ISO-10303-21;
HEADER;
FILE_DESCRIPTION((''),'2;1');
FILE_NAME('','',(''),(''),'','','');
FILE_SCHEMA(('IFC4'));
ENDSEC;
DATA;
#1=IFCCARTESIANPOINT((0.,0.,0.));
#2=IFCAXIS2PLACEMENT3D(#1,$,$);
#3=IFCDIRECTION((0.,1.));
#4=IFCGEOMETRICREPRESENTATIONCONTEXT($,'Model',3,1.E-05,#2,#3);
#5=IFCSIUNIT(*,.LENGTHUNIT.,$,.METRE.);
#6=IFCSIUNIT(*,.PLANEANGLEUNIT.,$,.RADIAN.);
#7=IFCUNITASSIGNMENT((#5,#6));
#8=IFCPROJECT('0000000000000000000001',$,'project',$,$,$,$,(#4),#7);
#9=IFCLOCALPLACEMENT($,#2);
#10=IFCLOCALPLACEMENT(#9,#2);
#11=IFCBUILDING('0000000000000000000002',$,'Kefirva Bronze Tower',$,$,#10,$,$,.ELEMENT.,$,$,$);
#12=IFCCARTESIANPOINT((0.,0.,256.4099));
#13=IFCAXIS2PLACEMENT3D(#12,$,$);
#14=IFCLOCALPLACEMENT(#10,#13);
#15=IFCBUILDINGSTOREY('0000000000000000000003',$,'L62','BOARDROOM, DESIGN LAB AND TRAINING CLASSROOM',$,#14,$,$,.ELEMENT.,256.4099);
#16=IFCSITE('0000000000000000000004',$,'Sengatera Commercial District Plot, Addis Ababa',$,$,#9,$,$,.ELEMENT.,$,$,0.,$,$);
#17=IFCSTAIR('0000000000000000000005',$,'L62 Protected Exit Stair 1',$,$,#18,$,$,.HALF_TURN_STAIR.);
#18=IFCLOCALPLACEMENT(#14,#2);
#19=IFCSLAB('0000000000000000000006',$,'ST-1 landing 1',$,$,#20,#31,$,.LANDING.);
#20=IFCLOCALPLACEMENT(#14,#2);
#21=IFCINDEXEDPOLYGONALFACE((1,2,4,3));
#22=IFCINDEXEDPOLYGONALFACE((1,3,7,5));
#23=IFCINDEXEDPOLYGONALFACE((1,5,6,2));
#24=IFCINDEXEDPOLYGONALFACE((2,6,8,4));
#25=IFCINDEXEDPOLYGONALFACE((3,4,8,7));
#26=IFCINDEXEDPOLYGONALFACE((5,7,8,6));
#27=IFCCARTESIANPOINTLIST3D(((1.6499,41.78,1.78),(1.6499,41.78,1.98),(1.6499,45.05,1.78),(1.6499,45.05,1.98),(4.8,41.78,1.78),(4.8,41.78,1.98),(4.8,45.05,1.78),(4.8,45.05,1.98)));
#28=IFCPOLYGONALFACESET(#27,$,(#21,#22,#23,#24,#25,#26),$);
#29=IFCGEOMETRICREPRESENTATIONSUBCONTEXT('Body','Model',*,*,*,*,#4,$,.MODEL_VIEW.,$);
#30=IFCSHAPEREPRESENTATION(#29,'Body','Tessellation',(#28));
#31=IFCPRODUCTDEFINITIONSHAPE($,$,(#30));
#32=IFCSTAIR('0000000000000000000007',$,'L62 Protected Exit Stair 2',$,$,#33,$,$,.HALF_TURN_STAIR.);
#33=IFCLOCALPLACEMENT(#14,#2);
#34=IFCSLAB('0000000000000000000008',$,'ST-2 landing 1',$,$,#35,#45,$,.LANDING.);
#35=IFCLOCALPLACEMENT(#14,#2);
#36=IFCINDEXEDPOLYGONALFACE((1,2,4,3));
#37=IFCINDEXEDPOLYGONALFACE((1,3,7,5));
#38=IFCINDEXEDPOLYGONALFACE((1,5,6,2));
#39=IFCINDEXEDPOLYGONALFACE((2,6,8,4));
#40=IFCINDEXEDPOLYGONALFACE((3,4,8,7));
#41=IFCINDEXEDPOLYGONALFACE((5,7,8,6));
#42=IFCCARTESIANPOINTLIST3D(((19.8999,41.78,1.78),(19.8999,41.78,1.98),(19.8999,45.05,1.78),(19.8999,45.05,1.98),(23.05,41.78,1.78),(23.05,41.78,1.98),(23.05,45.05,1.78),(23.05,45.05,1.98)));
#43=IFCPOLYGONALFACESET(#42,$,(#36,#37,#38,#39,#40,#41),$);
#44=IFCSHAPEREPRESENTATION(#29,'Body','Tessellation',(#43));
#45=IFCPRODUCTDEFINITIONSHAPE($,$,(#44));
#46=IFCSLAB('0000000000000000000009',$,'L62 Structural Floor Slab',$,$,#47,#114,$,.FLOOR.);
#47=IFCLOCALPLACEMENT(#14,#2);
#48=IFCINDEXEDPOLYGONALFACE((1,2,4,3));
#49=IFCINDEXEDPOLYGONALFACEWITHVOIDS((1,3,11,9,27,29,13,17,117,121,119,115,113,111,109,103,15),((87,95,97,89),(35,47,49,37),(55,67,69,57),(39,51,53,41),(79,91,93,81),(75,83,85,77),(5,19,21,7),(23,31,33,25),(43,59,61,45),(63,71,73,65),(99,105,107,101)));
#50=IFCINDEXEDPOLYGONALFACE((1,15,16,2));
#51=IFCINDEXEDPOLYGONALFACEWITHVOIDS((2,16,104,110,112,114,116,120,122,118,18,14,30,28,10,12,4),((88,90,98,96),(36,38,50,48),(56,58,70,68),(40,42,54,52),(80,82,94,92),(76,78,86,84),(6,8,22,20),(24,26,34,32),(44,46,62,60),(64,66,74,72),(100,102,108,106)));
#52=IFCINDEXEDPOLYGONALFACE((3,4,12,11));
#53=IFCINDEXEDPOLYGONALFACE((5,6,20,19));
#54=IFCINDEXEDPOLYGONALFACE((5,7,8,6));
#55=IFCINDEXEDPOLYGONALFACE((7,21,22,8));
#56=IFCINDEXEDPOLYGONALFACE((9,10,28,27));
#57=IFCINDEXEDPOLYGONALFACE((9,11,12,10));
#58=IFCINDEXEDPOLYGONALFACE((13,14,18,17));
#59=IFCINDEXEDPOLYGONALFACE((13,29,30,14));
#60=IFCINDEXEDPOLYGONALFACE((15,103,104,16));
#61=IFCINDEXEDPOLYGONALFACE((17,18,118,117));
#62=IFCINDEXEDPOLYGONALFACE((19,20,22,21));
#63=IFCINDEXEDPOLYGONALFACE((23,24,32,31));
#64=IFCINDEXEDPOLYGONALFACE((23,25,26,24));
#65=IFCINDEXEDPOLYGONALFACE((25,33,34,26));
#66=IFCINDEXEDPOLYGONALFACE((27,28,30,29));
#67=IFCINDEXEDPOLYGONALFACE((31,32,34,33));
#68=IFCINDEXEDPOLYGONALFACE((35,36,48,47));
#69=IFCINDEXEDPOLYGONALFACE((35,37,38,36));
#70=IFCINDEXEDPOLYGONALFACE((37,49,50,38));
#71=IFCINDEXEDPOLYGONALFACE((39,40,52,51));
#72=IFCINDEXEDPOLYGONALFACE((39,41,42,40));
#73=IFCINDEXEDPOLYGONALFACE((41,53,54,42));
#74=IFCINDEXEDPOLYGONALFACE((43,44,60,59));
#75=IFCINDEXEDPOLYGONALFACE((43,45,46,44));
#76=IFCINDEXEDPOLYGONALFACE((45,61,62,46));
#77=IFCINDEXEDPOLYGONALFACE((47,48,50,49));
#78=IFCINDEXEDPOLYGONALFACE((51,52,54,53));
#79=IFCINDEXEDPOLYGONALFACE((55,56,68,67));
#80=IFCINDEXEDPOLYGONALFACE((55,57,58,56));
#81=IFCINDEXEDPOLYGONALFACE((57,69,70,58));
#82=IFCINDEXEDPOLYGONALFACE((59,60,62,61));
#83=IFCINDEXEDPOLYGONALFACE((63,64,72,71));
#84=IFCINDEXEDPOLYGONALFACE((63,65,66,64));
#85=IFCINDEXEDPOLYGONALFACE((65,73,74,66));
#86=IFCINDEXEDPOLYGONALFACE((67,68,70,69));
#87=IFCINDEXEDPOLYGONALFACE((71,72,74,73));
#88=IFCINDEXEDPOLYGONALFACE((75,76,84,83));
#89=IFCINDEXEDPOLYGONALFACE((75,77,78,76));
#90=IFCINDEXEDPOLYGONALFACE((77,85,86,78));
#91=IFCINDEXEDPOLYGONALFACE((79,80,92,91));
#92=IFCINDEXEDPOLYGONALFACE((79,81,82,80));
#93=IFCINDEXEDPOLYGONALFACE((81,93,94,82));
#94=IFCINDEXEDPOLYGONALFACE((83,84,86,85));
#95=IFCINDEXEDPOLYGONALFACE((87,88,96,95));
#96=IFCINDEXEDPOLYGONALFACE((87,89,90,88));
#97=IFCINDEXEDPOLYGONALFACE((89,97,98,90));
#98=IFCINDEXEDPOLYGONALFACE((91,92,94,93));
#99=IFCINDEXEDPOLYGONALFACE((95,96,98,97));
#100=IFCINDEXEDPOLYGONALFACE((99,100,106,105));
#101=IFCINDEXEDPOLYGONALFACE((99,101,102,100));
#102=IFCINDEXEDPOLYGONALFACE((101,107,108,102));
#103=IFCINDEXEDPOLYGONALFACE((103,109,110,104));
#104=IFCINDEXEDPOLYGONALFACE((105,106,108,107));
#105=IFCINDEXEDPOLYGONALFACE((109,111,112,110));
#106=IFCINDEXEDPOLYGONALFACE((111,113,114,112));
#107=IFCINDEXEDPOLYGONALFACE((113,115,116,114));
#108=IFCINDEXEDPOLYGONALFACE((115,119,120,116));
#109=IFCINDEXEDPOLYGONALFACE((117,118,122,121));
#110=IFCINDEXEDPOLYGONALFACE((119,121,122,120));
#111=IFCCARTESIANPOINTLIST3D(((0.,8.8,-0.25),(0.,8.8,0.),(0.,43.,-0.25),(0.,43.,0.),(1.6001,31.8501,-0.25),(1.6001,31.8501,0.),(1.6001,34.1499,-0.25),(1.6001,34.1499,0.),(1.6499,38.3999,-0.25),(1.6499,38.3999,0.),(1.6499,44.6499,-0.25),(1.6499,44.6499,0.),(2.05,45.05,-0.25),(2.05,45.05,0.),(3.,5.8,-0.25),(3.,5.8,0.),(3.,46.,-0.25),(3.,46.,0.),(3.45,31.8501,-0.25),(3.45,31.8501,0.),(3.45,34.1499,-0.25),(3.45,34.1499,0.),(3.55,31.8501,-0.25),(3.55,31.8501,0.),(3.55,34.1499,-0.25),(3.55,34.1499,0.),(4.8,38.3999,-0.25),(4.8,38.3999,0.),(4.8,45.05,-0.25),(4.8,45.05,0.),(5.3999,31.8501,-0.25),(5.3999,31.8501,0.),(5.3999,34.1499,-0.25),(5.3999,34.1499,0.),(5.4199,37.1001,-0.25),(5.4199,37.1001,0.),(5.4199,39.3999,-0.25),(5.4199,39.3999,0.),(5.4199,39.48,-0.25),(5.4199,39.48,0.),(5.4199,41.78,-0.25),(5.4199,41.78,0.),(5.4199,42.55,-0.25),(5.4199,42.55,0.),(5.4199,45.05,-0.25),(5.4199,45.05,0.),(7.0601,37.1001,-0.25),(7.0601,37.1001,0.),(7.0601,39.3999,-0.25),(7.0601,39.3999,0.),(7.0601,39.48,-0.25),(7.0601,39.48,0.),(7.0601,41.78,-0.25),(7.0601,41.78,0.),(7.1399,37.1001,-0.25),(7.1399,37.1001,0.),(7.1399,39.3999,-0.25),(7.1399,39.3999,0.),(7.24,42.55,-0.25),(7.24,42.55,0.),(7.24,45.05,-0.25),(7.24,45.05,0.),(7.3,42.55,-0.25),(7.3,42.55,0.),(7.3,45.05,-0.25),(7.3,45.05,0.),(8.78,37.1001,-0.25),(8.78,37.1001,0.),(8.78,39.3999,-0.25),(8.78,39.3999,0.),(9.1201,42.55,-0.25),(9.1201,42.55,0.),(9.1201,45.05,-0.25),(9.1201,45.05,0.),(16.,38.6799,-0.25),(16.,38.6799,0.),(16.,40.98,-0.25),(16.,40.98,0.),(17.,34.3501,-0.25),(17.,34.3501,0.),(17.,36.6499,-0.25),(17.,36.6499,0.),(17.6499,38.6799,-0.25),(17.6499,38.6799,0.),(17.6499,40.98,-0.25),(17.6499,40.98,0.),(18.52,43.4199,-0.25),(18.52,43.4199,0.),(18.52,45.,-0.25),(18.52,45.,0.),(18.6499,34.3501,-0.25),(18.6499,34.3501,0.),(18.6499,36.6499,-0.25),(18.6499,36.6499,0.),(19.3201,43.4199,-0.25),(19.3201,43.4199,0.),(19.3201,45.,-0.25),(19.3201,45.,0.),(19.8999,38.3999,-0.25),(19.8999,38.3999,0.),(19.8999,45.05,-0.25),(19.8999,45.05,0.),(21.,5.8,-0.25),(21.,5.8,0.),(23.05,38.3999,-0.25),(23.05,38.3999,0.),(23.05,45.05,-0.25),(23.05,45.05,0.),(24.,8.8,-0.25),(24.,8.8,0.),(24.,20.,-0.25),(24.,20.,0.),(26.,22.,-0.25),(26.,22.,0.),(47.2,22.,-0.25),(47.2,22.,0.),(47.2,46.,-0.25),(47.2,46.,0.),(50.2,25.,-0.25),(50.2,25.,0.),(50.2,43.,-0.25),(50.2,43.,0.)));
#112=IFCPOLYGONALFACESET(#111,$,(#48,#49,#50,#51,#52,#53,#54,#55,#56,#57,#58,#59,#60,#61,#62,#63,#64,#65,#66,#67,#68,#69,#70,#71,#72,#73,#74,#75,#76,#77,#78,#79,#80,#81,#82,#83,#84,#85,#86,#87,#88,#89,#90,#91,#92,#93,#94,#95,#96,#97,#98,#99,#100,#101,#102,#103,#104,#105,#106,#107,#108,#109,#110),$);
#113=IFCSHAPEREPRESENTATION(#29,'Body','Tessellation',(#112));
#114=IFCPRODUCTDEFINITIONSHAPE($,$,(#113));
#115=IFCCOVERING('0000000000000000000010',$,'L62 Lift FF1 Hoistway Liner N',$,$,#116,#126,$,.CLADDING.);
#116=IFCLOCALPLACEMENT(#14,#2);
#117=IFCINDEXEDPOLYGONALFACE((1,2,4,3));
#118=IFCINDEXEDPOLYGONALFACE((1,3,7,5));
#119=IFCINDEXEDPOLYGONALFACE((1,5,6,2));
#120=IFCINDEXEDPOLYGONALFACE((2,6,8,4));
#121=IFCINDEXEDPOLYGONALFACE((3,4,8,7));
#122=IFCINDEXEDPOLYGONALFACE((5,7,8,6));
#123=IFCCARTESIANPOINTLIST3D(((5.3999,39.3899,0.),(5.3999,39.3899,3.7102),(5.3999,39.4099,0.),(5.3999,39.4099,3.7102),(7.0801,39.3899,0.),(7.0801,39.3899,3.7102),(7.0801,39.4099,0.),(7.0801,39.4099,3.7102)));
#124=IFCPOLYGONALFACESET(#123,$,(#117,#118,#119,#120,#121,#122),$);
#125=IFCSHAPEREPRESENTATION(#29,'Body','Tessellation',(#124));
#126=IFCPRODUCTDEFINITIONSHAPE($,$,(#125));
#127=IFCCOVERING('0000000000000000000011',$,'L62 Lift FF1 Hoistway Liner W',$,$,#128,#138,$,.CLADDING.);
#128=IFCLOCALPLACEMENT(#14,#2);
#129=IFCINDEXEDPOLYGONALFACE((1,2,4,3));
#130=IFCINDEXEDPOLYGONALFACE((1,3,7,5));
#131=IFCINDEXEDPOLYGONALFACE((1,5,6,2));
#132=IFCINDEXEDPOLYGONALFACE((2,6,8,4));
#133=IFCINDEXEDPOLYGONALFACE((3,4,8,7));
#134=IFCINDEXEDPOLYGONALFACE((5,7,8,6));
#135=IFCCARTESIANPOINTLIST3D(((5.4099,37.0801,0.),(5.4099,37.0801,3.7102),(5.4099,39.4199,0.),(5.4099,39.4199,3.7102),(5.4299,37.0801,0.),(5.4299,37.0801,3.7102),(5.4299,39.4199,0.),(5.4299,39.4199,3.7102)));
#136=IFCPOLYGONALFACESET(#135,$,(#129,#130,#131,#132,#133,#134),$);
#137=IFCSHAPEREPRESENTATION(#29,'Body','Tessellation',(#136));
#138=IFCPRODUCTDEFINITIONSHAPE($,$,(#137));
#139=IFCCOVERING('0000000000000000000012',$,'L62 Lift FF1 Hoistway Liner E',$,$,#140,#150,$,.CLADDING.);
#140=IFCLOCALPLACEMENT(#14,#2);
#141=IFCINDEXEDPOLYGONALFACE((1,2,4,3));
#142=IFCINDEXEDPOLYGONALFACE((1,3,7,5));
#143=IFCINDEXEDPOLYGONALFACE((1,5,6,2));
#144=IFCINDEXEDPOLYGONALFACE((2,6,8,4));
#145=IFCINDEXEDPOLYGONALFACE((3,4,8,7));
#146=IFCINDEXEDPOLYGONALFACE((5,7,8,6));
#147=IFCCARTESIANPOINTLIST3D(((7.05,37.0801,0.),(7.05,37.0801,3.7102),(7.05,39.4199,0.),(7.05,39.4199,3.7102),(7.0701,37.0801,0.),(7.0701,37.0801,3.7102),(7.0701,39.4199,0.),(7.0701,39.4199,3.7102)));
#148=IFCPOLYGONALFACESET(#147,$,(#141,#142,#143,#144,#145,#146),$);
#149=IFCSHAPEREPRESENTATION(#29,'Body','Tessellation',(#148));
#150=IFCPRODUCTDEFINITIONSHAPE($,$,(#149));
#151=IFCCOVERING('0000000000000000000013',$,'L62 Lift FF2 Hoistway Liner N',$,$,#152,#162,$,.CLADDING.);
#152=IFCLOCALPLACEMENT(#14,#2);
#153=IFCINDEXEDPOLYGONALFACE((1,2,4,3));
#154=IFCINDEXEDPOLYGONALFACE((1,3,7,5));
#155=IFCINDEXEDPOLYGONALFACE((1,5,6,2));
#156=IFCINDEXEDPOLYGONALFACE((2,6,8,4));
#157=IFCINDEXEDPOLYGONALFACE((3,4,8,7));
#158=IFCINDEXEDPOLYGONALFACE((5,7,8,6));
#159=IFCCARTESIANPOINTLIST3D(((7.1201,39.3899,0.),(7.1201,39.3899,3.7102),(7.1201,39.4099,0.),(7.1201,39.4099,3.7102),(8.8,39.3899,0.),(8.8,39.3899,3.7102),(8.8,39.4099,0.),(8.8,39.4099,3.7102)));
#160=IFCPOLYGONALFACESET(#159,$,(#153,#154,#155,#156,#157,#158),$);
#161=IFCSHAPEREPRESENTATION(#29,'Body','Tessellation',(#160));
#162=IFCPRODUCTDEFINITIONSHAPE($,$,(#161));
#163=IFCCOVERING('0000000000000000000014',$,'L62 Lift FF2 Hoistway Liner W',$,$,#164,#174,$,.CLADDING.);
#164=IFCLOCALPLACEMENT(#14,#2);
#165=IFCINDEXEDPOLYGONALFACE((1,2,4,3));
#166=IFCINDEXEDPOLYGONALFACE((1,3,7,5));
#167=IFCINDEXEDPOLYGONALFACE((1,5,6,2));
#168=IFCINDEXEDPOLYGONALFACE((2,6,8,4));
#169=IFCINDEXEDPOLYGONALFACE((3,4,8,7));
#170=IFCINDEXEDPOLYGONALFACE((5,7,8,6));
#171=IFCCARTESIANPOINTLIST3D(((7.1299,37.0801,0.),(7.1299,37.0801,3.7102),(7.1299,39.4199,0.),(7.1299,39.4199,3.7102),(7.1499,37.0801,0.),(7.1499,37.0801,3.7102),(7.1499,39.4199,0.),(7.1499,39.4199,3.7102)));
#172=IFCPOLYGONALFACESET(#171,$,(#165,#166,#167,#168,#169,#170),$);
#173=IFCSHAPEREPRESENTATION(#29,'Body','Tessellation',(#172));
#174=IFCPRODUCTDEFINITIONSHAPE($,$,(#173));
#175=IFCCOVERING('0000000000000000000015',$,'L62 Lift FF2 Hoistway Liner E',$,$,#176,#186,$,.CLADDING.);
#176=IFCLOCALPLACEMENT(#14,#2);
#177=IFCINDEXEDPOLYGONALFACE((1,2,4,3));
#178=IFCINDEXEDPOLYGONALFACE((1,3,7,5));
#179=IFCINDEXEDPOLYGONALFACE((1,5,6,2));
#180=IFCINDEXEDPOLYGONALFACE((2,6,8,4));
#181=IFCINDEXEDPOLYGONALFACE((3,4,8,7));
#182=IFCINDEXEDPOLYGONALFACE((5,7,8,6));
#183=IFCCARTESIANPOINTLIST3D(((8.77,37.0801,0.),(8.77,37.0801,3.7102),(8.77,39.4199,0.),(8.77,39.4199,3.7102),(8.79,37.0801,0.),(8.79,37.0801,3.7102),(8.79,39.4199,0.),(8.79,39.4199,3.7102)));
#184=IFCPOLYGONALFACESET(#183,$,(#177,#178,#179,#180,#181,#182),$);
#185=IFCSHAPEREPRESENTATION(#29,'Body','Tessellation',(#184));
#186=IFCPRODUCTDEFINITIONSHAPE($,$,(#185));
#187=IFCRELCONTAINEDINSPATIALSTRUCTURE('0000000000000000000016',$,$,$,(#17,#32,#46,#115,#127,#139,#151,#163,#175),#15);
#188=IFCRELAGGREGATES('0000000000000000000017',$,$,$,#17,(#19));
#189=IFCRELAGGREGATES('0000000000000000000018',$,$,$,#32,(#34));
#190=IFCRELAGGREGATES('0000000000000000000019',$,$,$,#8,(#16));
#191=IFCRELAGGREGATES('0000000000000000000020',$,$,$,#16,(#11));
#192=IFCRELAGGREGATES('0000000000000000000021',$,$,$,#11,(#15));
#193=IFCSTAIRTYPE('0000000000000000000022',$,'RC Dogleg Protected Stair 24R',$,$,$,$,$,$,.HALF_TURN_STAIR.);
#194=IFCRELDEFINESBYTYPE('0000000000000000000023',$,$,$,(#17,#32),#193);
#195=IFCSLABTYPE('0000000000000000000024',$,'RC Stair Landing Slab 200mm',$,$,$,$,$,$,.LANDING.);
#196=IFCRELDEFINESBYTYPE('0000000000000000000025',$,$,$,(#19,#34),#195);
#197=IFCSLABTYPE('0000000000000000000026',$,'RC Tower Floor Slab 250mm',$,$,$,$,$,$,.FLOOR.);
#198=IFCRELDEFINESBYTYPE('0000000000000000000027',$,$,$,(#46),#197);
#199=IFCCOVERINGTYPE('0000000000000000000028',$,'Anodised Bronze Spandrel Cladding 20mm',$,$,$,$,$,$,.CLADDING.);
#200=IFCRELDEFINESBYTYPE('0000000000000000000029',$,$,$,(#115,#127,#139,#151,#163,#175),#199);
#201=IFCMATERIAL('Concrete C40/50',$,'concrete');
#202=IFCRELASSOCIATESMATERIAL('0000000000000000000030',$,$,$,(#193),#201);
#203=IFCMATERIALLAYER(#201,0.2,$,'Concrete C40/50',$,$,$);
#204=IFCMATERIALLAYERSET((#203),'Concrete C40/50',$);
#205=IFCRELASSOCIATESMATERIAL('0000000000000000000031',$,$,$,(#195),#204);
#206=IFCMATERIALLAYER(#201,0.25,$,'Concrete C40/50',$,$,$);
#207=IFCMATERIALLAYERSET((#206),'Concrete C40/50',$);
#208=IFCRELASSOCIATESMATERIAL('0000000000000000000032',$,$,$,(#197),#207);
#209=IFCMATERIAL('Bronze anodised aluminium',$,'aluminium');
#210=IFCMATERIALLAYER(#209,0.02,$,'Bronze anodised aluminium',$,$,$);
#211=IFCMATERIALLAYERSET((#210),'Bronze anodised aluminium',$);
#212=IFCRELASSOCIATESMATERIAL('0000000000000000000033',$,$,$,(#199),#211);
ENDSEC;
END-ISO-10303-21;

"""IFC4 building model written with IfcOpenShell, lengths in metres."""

from ifc_helpers import new_model, si_unit, direction, frame, origin, place, context, subcontext, project, spatial, polyline, outline, extrude, material, layer, layer_set, type_object, element, aggregate, save


model = new_model("IFC4")

# Units and contexts
model_context = context("Model", 3, precision=1e-05, world=origin(), true_north=direction((0.0, 1.0)))
body_context = subcontext(model_context, "Body", "Model", "MODEL_VIEW")
ifc_project = project(units=[si_unit("LENGTHUNIT", "METRE"), si_unit("PLANEANGLEUNIT", "RADIAN")], contexts=[model_context])

# Site, building, storey
site_placement = place(None, origin())
site = spatial("IfcSite", under=ifc_project, at=site_placement, Name="Sengatera Commercial District Plot, Addis Ababa", CompositionType="ELEMENT", RefElevation=0.0)
building_placement = place(site_placement, origin())
building = spatial("IfcBuilding", under=site, at=building_placement, Name="Kefirva Bronze Tower", CompositionType="ELEMENT")
storey_placement = place(building_placement, frame((0.0, 0.0, 256.4099)))
storey = spatial("IfcBuildingStorey", under=building, at=storey_placement, Name="L62", Description="BOARDROOM, DESIGN LAB AND TRAINING CLASSROOM", CompositionType="ELEMENT", Elevation=256.4099)

# Stairs, slabs
ifc_material_1 = material(Name="Concrete C40/50", Category="concrete")
stair_type = type_object("IfcStairType", Name="RC Dogleg Protected Stair 24R", PredefinedType="HALF_TURN_STAIR", material=ifc_material_1)
stair_1_placement = place(storey_placement, origin())
stair_1 = element("IfcStair", 1, at=stair_1_placement, inside=storey, type_object=stair_type, Name="L62 Protected Exit Stair 1", PredefinedType="HALF_TURN_STAIR")
ifc_layer_1 = layer(ifc_material_1, 0.2, Name="Concrete C40/50")
ifc_layer_set_1 = layer_set([ifc_layer_1], Name="Concrete C40/50")
slab_type_1 = type_object("IfcSlabType", Name="RC Stair Landing Slab 200mm", PredefinedType="LANDING", material=ifc_layer_set_1)
slab_1_placement = place(storey_placement, frame((0.0, 0.0, 1.78)))
slab_1 = element("IfcSlab", 2, at=slab_1_placement, type_object=slab_type_1, Name="ST-1 landing 1", PredefinedType="LANDING", context=body_context, shape_type="SweptSolid", body=[
    extrude(outline(polyline([(4.8, 41.78), (4.8, 45.05), (1.6499, 45.05), (1.6499, 41.78), (4.8, 41.78)])), origin(), (0.0, 0.0, 1.0), 0.2),
])
aggregate(stair_1, [slab_1])
stair_2_placement = place(storey_placement, origin())
stair_2 = element("IfcStair", 3, at=stair_2_placement, inside=storey, type_object=stair_type, Name="L62 Protected Exit Stair 2", PredefinedType="HALF_TURN_STAIR")
slab_2_placement = place(storey_placement, frame((0.0, 0.0, 1.78)))
slab_2 = element("IfcSlab", 4, at=slab_2_placement, type_object=slab_type_1, Name="ST-2 landing 1", PredefinedType="LANDING", context=body_context, shape_type="SweptSolid", body=[
    extrude(outline(polyline([(23.05, 41.78), (23.05, 45.05), (19.8999, 45.05), (19.8999, 41.78), (23.05, 41.78)])), origin(), (0.0, 0.0, 1.0), 0.2),
])
aggregate(stair_2, [slab_2])

# Slab
ifc_layer_2 = layer(ifc_material_1, 0.25, Name="Concrete C40/50")
ifc_layer_set_2 = layer_set([ifc_layer_2], Name="Concrete C40/50")
slab_type_2 = type_object("IfcSlabType", Name="RC Tower Floor Slab 250mm", PredefinedType="FLOOR", material=ifc_layer_set_2)
slab_3_placement = place(storey_placement, frame((0.0, 0.0, -0.25)))
element("IfcSlab", 5, at=slab_3_placement, inside=storey, type_object=slab_type_2, Name="L62 Structural Floor Slab", PredefinedType="FLOOR", context=body_context, shape_type="SweptSolid", body=[
    extrude(outline(polyline([(0.0, 8.8), (0.0, 43.0), (1.6499, 44.6499), (1.6499, 38.3999), (4.8, 38.3999), (4.8, 45.05), (2.05, 45.05), (3.0, 46.0), (47.2, 46.0), (50.2, 43.0), (50.2, 25.0), (47.2, 22.0), (26.0, 22.0), (24.0, 20.0), (24.0, 8.8), (21.0, 5.8), (3.0, 5.8), (0.0, 8.8)]), holes=[polyline([(23.05, 45.05), (19.8999, 45.05), (19.8999, 38.3999), (23.05, 38.3999), (23.05, 45.05)]), polyline([(19.3201, 43.4199), (19.3201, 45.0), (18.52, 45.0), (18.52, 43.4199), (19.3201, 43.4199)]), polyline([(18.6499, 36.6499), (17.0, 36.6499), (17.0, 34.3501), (18.6499, 34.3501), (18.6499, 36.6499)]), polyline([(17.6499, 38.6799), (17.6499, 40.98), (16.0, 40.98), (16.0, 38.6799), (17.6499, 38.6799)]), polyline([(9.1201, 42.55), (9.1201, 45.05), (7.3, 45.05), (7.3, 42.55), (9.1201, 42.55)]), polyline([(8.78, 37.1001), (8.78, 39.3999), (7.1399, 39.3999), (7.1399, 37.1001), (8.78, 37.1001)]), polyline([(7.24, 42.55), (7.24, 45.05), (5.4199, 45.05), (5.4199, 42.55), (7.24, 42.55)]), polyline([(7.0601, 37.1001), (7.0601, 39.3999), (5.4199, 39.3999), (5.4199, 37.1001), (7.0601, 37.1001)]), polyline([(7.0601, 41.78), (5.4199, 41.78), (5.4199, 39.48), (7.0601, 39.48), (7.0601, 41.78)]), polyline([(5.3999, 31.8501), (5.3999, 34.1499), (3.55, 34.1499), (3.55, 31.8501), (5.3999, 31.8501)]), polyline([(3.45, 34.1499), (1.6001, 34.1499), (1.6001, 31.8501), (3.45, 31.8501), (3.45, 34.1499)])]), origin(), (0.0, 0.0, 1.0), 0.25),
])

# Coverings
ifc_material_2 = material(Name="Bronze anodised aluminium", Category="aluminium")
ifc_layer_3 = layer(ifc_material_2, 0.02, Name="Bronze anodised aluminium")
ifc_layer_set_3 = layer_set([ifc_layer_3], Name="Bronze anodised aluminium")
covering_type = type_object("IfcCoveringType", Name="Anodised Bronze Spandrel Cladding 20mm", PredefinedType="CLADDING", material=ifc_layer_set_3)
covering_1_placement = place(storey_placement, origin())
element("IfcCovering", 6, at=covering_1_placement, inside=storey, type_object=covering_type, Name="L62 Lift FF1 Hoistway Liner N", PredefinedType="CLADDING", context=body_context, shape_type="SweptSolid", body=[
    extrude(outline(polyline([(5.3999, 39.3899), (7.0801, 39.3899), (7.0801, 39.4099), (5.3999, 39.4099), (5.3999, 39.3899)])), origin(), (0.0, 0.0, 1.0), 3.7102),
])
covering_2_placement = place(storey_placement, origin())
element("IfcCovering", 7, at=covering_2_placement, inside=storey, type_object=covering_type, Name="L62 Lift FF1 Hoistway Liner W", PredefinedType="CLADDING", context=body_context, shape_type="SweptSolid", body=[
    extrude(outline(polyline([(5.4099, 37.0801), (5.4299, 37.0801), (5.4299, 39.4199), (5.4099, 39.4199), (5.4099, 37.0801)])), origin(), (0.0, 0.0, 1.0), 3.7102),
])
covering_3_placement = place(storey_placement, origin())
element("IfcCovering", 8, at=covering_3_placement, inside=storey, type_object=covering_type, Name="L62 Lift FF1 Hoistway Liner E", PredefinedType="CLADDING", context=body_context, shape_type="SweptSolid", body=[
    extrude(outline(polyline([(7.05, 37.0801), (7.0701, 37.0801), (7.0701, 39.4199), (7.05, 39.4199), (7.05, 37.0801)])), origin(), (0.0, 0.0, 1.0), 3.7102),
])
covering_4_placement = place(storey_placement, origin())
element("IfcCovering", 9, at=covering_4_placement, inside=storey, type_object=covering_type, Name="L62 Lift FF2 Hoistway Liner N", PredefinedType="CLADDING", context=body_context, shape_type="SweptSolid", body=[
    extrude(outline(polyline([(7.1201, 39.3899), (8.8, 39.3899), (8.8, 39.4099), (7.1201, 39.4099), (7.1201, 39.3899)])), origin(), (0.0, 0.0, 1.0), 3.7102),
])
covering_5_placement = place(storey_placement, origin())
element("IfcCovering", 10, at=covering_5_placement, inside=storey, type_object=covering_type, Name="L62 Lift FF2 Hoistway Liner W", PredefinedType="CLADDING", context=body_context, shape_type="SweptSolid", body=[
    extrude(outline(polyline([(7.1299, 37.0801), (7.1499, 37.0801), (7.1499, 39.4199), (7.1299, 39.4199), (7.1299, 37.0801)])), origin(), (0.0, 0.0, 1.0), 3.7102),
])
covering_6_placement = place(storey_placement, origin())
element("IfcCovering", 11, at=covering_6_placement, inside=storey, type_object=covering_type, Name="L62 Lift FF2 Hoistway Liner E", PredefinedType="CLADDING", context=body_context, shape_type="SweptSolid", body=[
    extrude(outline(polyline([(8.77, 37.0801), (8.79, 37.0801), (8.79, 39.4199), (8.77, 39.4199), (8.77, 37.0801)])), origin(), (0.0, 0.0, 1.0), 3.7102),
])

save(model, "model.ifc")
